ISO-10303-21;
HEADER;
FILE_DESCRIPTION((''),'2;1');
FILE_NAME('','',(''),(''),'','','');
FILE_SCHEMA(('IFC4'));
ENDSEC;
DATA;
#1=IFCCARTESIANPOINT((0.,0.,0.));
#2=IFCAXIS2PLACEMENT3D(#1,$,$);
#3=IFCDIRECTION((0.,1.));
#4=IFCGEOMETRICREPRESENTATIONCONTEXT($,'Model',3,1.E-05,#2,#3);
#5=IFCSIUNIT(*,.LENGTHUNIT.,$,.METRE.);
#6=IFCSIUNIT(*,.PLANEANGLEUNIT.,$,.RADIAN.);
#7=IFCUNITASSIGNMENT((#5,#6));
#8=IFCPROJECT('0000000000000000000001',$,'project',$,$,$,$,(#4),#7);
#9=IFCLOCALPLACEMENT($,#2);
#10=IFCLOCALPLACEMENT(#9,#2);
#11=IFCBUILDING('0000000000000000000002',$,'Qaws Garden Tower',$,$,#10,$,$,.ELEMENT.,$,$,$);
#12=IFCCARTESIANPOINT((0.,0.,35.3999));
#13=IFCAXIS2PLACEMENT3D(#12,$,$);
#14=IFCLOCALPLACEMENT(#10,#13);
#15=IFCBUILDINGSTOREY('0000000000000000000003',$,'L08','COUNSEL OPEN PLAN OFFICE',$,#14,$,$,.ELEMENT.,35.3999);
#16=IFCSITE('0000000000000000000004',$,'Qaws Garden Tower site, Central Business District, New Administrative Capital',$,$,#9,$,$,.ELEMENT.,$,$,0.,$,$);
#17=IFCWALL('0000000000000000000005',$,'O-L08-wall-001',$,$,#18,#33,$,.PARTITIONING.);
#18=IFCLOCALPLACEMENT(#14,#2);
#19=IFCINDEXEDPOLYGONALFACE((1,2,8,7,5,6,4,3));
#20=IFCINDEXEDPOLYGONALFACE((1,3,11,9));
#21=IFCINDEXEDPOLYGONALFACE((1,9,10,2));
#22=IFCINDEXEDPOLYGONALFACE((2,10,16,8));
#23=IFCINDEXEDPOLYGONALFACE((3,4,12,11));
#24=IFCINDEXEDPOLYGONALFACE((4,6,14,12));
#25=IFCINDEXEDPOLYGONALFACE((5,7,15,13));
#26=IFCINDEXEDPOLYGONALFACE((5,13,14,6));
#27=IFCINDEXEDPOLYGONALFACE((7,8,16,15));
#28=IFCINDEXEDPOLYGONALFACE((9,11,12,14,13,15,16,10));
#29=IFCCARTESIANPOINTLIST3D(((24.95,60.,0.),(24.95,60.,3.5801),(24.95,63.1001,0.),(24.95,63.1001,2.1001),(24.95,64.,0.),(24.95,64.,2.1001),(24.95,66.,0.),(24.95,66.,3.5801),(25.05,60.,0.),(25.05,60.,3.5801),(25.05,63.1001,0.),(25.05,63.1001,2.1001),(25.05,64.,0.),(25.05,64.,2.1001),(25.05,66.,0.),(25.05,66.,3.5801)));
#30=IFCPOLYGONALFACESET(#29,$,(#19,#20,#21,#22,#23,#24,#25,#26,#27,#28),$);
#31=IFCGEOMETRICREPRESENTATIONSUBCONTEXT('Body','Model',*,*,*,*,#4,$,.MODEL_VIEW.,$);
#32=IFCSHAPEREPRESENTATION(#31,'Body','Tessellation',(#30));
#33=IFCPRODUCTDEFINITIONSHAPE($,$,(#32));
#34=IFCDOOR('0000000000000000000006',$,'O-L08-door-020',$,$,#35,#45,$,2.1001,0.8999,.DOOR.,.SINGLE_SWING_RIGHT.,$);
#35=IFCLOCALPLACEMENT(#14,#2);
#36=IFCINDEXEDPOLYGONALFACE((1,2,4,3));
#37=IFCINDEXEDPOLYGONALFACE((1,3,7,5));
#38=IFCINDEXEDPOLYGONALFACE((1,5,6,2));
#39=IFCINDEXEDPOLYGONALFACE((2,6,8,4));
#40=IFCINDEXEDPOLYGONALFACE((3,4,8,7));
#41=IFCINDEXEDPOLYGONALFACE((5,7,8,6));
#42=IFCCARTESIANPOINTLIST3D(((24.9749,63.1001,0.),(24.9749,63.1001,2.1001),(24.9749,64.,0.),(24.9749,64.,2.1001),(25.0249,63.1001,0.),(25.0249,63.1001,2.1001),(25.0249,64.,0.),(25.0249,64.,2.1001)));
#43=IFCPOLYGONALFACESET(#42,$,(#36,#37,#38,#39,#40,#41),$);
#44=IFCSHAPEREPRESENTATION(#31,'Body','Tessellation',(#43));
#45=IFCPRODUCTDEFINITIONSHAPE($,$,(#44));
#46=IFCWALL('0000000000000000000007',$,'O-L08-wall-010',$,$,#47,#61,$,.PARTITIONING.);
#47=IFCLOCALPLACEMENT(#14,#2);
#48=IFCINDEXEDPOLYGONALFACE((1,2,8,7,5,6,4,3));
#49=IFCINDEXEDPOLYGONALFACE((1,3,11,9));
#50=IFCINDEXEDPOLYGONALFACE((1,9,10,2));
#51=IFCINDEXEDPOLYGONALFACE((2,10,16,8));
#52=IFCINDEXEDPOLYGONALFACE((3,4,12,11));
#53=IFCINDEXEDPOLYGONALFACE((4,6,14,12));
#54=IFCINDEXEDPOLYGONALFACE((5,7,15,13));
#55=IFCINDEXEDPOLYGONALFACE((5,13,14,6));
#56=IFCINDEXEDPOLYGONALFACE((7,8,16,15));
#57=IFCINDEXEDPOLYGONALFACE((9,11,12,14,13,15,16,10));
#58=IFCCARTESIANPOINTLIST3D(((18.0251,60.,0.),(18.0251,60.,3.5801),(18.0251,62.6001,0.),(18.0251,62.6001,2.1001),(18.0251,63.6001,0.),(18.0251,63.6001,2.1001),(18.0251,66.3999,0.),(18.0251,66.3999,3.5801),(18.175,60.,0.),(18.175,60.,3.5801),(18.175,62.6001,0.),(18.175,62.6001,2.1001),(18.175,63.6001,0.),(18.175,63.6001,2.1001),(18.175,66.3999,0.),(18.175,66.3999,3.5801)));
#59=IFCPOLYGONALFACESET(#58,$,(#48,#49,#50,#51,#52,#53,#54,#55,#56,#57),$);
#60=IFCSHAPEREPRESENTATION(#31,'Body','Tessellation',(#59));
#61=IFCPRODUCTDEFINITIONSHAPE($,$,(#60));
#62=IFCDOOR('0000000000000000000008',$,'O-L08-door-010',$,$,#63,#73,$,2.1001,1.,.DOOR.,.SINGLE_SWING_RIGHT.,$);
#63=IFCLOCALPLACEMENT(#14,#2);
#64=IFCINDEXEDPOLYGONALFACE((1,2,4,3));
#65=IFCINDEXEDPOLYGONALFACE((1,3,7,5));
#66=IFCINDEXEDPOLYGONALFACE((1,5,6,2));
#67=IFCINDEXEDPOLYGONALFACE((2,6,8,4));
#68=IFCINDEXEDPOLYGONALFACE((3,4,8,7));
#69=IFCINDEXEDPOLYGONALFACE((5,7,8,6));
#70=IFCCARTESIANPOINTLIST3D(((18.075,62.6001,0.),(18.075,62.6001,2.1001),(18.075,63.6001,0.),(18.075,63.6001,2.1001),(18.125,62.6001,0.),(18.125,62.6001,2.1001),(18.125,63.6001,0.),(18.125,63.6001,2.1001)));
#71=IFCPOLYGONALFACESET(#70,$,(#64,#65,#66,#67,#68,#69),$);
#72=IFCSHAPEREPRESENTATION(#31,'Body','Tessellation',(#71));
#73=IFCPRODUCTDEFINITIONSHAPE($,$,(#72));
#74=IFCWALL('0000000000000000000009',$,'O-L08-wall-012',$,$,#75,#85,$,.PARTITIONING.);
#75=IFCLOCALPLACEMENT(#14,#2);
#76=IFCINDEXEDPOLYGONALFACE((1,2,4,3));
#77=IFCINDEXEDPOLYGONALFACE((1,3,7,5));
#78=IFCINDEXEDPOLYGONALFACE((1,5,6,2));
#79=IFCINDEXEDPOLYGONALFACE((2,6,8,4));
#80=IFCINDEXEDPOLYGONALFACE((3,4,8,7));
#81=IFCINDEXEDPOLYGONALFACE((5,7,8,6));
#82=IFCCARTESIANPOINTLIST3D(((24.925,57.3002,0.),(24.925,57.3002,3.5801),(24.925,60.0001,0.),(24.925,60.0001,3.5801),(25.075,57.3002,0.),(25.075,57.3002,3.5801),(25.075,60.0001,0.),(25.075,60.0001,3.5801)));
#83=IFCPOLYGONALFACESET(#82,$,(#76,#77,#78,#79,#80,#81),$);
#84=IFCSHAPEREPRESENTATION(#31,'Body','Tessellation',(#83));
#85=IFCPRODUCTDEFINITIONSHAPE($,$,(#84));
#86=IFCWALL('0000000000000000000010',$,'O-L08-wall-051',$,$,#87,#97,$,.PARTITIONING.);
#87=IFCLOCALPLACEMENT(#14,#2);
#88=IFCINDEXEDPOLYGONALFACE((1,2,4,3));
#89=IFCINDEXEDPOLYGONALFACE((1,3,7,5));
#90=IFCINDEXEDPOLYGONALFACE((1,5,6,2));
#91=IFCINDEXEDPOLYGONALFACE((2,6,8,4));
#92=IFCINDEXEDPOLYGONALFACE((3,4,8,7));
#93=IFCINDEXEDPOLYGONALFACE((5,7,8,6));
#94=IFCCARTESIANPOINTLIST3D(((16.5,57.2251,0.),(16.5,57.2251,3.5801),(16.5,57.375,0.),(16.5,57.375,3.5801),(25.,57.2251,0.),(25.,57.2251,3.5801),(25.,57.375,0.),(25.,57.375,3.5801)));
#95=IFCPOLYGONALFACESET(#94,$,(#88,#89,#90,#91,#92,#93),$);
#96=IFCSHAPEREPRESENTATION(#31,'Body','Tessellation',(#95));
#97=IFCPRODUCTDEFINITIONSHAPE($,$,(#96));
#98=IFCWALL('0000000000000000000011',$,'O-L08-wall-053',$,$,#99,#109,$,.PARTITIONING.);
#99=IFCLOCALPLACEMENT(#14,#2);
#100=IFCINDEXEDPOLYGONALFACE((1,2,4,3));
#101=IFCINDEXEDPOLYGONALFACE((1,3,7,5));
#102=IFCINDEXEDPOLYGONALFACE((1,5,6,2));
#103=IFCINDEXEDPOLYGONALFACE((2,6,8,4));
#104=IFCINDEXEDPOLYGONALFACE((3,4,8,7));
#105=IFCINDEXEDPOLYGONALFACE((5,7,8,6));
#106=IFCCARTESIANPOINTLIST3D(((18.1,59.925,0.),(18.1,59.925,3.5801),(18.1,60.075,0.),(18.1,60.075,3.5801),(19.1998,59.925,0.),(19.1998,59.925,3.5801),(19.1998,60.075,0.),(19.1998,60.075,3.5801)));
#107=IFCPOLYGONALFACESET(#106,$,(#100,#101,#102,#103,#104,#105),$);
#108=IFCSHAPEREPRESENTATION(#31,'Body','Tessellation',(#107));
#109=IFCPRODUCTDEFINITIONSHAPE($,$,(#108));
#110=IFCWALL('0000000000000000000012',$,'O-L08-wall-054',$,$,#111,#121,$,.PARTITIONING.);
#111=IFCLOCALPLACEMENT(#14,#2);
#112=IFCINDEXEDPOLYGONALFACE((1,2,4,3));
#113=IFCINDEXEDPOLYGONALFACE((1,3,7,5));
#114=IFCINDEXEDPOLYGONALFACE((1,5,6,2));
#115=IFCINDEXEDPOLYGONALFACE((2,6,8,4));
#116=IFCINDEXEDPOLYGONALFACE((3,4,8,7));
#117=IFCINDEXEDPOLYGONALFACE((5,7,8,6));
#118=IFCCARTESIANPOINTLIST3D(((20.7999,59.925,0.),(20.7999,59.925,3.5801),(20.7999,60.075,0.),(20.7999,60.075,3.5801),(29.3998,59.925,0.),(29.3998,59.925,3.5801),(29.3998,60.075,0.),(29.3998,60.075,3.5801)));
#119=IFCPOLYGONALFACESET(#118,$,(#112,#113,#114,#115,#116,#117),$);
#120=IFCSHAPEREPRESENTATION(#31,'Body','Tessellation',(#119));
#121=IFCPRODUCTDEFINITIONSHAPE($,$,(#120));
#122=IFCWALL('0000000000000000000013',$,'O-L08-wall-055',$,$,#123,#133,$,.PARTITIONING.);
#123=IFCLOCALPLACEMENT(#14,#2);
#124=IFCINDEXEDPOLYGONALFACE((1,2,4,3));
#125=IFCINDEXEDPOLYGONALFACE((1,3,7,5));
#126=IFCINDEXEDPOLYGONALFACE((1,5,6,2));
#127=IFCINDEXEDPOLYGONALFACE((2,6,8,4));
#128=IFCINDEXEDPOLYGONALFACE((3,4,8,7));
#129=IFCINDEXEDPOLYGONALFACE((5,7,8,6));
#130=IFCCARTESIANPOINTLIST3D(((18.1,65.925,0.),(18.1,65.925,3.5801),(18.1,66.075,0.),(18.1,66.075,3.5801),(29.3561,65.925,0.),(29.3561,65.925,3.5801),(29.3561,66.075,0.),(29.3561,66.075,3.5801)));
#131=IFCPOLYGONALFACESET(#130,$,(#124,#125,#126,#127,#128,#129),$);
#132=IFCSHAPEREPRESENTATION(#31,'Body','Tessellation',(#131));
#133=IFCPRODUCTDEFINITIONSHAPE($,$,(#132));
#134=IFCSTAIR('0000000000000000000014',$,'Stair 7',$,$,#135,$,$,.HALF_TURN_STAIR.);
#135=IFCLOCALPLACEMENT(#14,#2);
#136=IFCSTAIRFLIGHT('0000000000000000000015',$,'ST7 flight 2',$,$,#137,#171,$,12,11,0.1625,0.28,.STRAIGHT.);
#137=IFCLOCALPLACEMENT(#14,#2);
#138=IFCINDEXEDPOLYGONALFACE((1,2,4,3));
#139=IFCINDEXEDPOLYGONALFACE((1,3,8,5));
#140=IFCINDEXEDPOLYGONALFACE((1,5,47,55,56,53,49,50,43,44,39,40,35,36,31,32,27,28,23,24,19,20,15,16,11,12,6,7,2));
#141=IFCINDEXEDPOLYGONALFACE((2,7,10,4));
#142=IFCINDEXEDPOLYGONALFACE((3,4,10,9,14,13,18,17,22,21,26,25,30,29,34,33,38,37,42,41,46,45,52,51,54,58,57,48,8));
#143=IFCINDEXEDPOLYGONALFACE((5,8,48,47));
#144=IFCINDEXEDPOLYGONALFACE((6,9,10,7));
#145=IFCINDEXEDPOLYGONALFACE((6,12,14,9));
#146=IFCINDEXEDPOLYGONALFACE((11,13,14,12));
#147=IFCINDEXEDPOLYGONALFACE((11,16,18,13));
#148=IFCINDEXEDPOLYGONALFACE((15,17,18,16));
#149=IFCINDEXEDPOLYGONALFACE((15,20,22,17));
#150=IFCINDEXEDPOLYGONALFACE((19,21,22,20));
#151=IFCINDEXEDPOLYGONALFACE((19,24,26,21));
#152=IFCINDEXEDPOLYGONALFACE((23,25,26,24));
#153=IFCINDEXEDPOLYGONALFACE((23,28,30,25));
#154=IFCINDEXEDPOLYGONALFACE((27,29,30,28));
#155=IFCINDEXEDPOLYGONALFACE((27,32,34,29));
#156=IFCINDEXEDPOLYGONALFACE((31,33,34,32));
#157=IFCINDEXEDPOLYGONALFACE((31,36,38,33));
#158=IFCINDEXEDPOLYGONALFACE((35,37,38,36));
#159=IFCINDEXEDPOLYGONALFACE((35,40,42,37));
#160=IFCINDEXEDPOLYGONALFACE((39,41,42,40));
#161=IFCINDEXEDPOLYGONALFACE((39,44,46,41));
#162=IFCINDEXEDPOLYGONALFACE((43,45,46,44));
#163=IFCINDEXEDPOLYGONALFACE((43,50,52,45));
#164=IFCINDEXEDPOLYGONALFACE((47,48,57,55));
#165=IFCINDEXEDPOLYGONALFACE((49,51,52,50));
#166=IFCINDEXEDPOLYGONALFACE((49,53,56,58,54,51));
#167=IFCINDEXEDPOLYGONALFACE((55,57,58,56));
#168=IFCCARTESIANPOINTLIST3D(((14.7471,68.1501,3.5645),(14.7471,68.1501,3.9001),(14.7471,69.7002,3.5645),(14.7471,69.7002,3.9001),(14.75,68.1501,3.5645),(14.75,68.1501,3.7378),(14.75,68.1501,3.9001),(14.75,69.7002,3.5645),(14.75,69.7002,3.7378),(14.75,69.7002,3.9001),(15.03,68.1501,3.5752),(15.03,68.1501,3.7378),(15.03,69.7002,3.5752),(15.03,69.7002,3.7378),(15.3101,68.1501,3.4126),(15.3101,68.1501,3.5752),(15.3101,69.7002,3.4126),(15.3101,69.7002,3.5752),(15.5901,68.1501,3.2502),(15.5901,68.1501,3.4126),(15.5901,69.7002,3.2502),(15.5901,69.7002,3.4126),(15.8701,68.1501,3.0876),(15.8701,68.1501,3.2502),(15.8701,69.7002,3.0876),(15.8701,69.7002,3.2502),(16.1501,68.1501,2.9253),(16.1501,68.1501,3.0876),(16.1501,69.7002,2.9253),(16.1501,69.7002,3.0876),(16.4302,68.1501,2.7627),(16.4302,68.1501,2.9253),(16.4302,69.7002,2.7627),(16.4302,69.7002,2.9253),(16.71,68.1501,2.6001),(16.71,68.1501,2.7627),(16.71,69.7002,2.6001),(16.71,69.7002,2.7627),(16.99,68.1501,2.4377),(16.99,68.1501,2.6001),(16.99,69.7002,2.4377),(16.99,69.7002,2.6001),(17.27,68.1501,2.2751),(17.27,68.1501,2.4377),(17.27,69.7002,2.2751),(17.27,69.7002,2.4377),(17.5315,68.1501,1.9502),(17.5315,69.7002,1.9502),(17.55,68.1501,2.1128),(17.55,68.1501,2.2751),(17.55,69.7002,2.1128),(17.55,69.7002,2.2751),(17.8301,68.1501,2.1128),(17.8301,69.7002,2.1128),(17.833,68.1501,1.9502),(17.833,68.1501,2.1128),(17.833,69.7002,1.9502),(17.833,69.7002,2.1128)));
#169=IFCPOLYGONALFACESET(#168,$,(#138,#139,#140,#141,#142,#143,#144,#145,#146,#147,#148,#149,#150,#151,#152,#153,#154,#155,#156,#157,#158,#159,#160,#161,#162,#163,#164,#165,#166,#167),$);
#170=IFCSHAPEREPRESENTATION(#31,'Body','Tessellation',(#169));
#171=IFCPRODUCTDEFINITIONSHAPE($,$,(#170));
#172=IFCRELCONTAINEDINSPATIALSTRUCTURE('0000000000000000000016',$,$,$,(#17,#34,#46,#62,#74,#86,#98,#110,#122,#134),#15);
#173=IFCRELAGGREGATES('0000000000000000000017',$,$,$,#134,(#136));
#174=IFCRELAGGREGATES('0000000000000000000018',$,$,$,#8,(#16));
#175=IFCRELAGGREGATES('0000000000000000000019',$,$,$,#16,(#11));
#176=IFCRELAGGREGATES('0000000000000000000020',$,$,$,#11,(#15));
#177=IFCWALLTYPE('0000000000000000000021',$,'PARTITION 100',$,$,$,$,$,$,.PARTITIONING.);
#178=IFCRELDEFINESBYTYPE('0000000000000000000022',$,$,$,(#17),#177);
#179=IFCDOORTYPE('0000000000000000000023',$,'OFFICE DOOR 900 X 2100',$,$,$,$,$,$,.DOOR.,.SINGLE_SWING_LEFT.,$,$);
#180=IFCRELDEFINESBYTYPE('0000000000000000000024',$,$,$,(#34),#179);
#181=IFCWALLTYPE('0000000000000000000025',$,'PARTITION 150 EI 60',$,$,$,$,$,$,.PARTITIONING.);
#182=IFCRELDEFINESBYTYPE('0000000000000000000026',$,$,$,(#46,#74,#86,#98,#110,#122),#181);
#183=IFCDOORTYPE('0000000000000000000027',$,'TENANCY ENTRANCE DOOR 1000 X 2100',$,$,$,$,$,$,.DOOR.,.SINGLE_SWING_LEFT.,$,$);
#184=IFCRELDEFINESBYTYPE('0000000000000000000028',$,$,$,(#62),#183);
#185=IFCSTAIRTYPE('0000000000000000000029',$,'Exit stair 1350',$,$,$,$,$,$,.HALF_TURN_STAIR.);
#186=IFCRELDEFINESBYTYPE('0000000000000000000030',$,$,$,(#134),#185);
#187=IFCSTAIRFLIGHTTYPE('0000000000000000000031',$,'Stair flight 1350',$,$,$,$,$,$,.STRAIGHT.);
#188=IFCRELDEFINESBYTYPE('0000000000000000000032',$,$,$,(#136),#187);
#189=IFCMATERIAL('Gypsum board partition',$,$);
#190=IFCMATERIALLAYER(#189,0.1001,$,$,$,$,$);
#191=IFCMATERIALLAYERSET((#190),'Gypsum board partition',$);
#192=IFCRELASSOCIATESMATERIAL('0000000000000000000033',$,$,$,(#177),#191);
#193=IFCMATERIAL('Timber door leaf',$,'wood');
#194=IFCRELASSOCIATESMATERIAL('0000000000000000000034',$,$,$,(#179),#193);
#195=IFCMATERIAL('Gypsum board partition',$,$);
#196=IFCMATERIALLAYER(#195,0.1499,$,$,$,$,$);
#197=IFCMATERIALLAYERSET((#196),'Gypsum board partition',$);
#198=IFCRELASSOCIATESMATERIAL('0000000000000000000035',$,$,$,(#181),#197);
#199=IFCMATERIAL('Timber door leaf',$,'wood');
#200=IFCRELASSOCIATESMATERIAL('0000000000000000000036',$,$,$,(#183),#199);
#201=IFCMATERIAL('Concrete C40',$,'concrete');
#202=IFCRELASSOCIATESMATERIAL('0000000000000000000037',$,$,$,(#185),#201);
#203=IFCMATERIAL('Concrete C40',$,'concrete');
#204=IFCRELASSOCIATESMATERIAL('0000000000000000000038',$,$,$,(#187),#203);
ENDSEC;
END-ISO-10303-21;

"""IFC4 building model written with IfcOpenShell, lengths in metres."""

from ifc_helpers import new_model, si_unit, direction, frame, frame_2d, origin, place, context, subcontext, project, spatial, polyline, rectangle, outline, extrude, material, layer, layer_set, type_object, element, fill, aggregate, save


model = new_model("IFC4")

# Units and contexts
model_context = context("Model", 3, precision=1e-05, world=origin(), true_north=direction((0.0, 1.0)))
body_context = subcontext(model_context, "Body", "Model", "MODEL_VIEW")
ifc_project = project(units=[si_unit("LENGTHUNIT", "METRE"), si_unit("PLANEANGLEUNIT", "RADIAN")], contexts=[model_context])

# Site, building, storey
site_placement = place(None, origin())
site = spatial("IfcSite", under=ifc_project, at=site_placement, Name="Qaws Garden Tower site, Central Business District, New Administrative Capital", CompositionType="ELEMENT", RefElevation=0.0)
building_placement = place(site_placement, origin())
building = spatial("IfcBuilding", under=site, at=building_placement, Name="Qaws Garden Tower", CompositionType="ELEMENT")
storey_placement = place(building_placement, frame((0.0, 0.0, 35.3999)))
storey = spatial("IfcBuildingStorey", under=building, at=storey_placement, Name="L08", Description="COUNSEL OPEN PLAN OFFICE", CompositionType="ELEMENT", Elevation=35.3999)

# Walls, openings, doors
ifc_material_1 = material(Name="Gypsum board partition")
ifc_layer_1 = layer(ifc_material_1, 0.1001)
ifc_layer_set_1 = layer_set([ifc_layer_1], Name="Gypsum board partition")
wall_type_1 = type_object("IfcWallType", Name="PARTITION 100", PredefinedType="PARTITIONING", material=ifc_layer_set_1)
wall_1_placement = place(storey_placement, frame((25.0, 60.0, 0.0), z_axis=(0.0, 0.0, 1.0), x_axis=(0.0, 1.0, 0.0)))
wall_1 = element("IfcWall", 1, at=wall_1_placement, inside=storey, type_object=wall_type_1, Name="O-L08-wall-001", PredefinedType="PARTITIONING", context=body_context, shape_type="SweptSolid", body=[
    extrude(rectangle(XDim=6.0, YDim=0.1001, at=frame_2d((3.0, 0.0))), origin(), (0.0, 0.0, 1.0), 3.5801),
])
opening_1_placement = place(wall_1_placement, frame((3.1001, 0.0, 0.0)))
opening_1 = element("IfcOpeningElement", 2, at=opening_1_placement, cuts=wall_1, PredefinedType="OPENING", context=body_context, shape_type="SweptSolid", body=[
    extrude(rectangle(XDim=0.8999, YDim=2.1001, at=frame_2d((0.45, 1.05))), frame((0.0, 0.0601, 0.0), z_axis=(0.0, -1.0, 0.0), x_axis=(1.0, 0.0, 0.0)), (0.0, 0.0, 1.0), 0.1201),
])
ifc_material_2 = material(Name="Timber door leaf", Category="wood")
door_type_1 = type_object("IfcDoorType", Name="OFFICE DOOR 900 X 2100", OperationType="SINGLE_SWING_LEFT", PredefinedType="DOOR", material=ifc_material_2)
door_1_placement = place(opening_1_placement, frame((0.8999, 0.0, 0.0), z_axis=(0.0, 0.0, 1.0), x_axis=(-1.0, 0.0, 0.0)))
door_1 = element("IfcDoor", 3, at=door_1_placement, inside=storey, type_object=door_type_1, Name="O-L08-door-020", OperationType="SINGLE_SWING_RIGHT", OverallHeight=2.1001, OverallWidth=0.8999, PredefinedType="DOOR", context=body_context, shape_type="SweptSolid", body=[
    extrude(rectangle(XDim=0.8999, YDim=2.1001, at=frame_2d((0.45, 1.05))), frame((0.0, 0.0249, 0.0), z_axis=(0.0, -1.0, 0.0), x_axis=(1.0, 0.0, 0.0)), (0.0, 0.0, 1.0), 0.05),
])
fill(opening_1, door_1)
ifc_material_3 = material(Name="Gypsum board partition")
ifc_layer_2 = layer(ifc_material_3, 0.1499)
ifc_layer_set_2 = layer_set([ifc_layer_2], Name="Gypsum board partition")
wall_type_2 = type_object("IfcWallType", Name="PARTITION 150 EI 60", PredefinedType="PARTITIONING", material=ifc_layer_set_2)
wall_2_placement = place(storey_placement, frame((18.1001, 60.0, 0.0), z_axis=(0.0, 0.0, 1.0), x_axis=(0.0, 1.0, 0.0)))
wall_2 = element("IfcWall", 4, at=wall_2_placement, inside=storey, type_object=wall_type_2, Name="O-L08-wall-010", PredefinedType="PARTITIONING", context=body_context, shape_type="SweptSolid", body=[
    extrude(rectangle(XDim=6.3999, YDim=0.1499, at=frame_2d((3.2, 0.0))), origin(), (0.0, 0.0, 1.0), 3.5801),
])
opening_2_placement = place(wall_2_placement, frame((2.6001, 0.0, 0.0)))
opening_2 = element("IfcOpeningElement", 5, at=opening_2_placement, cuts=wall_2, PredefinedType="OPENING", context=body_context, shape_type="SweptSolid", body=[
    extrude(rectangle(XDim=1.0, YDim=2.1001, at=frame_2d((0.5, 1.05))), frame((0.0, 0.085, 0.0), z_axis=(0.0, -1.0, 0.0), x_axis=(1.0, 0.0, 0.0)), (0.0, 0.0, 1.0), 0.1699),
])
ifc_material_4 = material(Name="Timber door leaf", Category="wood")
door_type_2 = type_object("IfcDoorType", Name="TENANCY ENTRANCE DOOR 1000 X 2100", OperationType="SINGLE_SWING_LEFT", PredefinedType="DOOR", material=ifc_material_4)
door_2_placement = place(opening_2_placement, frame((1.0, 0.0, 0.0), z_axis=(0.0, 0.0, 1.0), x_axis=(-1.0, 0.0, 0.0)))
door_2 = element("IfcDoor", 6, at=door_2_placement, inside=storey, type_object=door_type_2, Name="O-L08-door-010", OperationType="SINGLE_SWING_RIGHT", OverallHeight=2.1001, OverallWidth=1.0, PredefinedType="DOOR", context=body_context, shape_type="SweptSolid", body=[
    extrude(rectangle(XDim=1.0, YDim=2.1001, at=frame_2d((0.5, 1.05))), frame((0.0, 0.0249, 0.0), z_axis=(0.0, -1.0, 0.0), x_axis=(1.0, 0.0, 0.0)), (0.0, 0.0, 1.0), 0.05),
])
fill(opening_2, door_2)

# Walls
wall_3_placement = place(storey_placement, frame((25.0, 57.3, 0.0), z_axis=(0.0, 0.0, 1.0), x_axis=(0.0, 1.0, 0.0)))
element("IfcWall", 7, at=wall_3_placement, inside=storey, type_object=wall_type_2, Name="O-L08-wall-012", PredefinedType="PARTITIONING", context=body_context, shape_type="SweptSolid", body=[
    extrude(rectangle(XDim=2.7, YDim=0.1499, at=frame_2d((1.3501, 0.0))), origin(), (0.0, 0.0, 1.0), 3.5801),
])
wall_4_placement = place(storey_placement, frame((16.5, 57.3, 0.0), z_axis=(0.0, 0.0, 1.0), x_axis=(1.0, 0.0, 0.0)))
element("IfcWall", 8, at=wall_4_placement, inside=storey, type_object=wall_type_2, Name="O-L08-wall-051", PredefinedType="PARTITIONING", context=body_context, shape_type="SweptSolid", body=[
    extrude(rectangle(XDim=8.5, YDim=0.1499, at=frame_2d((4.25, 0.0))), origin(), (0.0, 0.0, 1.0), 3.5801),
])
wall_5_placement = place(storey_placement, frame((18.1001, 60.0, 0.0), z_axis=(0.0, 0.0, 1.0), x_axis=(1.0, 0.0, 0.0)))
element("IfcWall", 9, at=wall_5_placement, inside=storey, type_object=wall_type_2, Name="O-L08-wall-053", PredefinedType="PARTITIONING", context=body_context, shape_type="SweptSolid", body=[
    extrude(rectangle(XDim=1.0999, YDim=0.1499, at=frame_2d((0.5498, 0.0))), origin(), (0.0, 0.0, 1.0), 3.5801),
])
wall_6_placement = place(storey_placement, frame((20.8, 60.0, 0.0), z_axis=(0.0, 0.0, 1.0), x_axis=(1.0, 0.0, 0.0)))
element("IfcWall", 10, at=wall_6_placement, inside=storey, type_object=wall_type_2, Name="O-L08-wall-054", PredefinedType="PARTITIONING", context=body_context, shape_type="SweptSolid", body=[
    extrude(rectangle(XDim=8.5999, YDim=0.1499, at=frame_2d((4.2998, 0.0))), origin(), (0.0, 0.0, 1.0), 3.5801),
])
wall_7_placement = place(storey_placement, frame((18.1001, 66.0, 0.0), z_axis=(0.0, 0.0, 1.0), x_axis=(1.0, 0.0, 0.0)))
element("IfcWall", 11, at=wall_7_placement, inside=storey, type_object=wall_type_2, Name="O-L08-wall-055", PredefinedType="PARTITIONING", context=body_context, shape_type="SweptSolid", body=[
    extrude(rectangle(XDim=11.2561, YDim=0.1499, at=frame_2d((5.6279, 0.0))), origin(), (0.0, 0.0, 1.0), 3.5801),
])

# Stair, stair flight
ifc_material_5 = material(Name="Concrete C40", Category="concrete")
stair_type = type_object("IfcStairType", Name="Exit stair 1350", PredefinedType="HALF_TURN_STAIR", material=ifc_material_5)
stair_placement = place(storey_placement, origin())
stair = element("IfcStair", 12, at=stair_placement, inside=storey, type_object=stair_type, Name="Stair 7", PredefinedType="HALF_TURN_STAIR")
ifc_material_6 = material(Name="Concrete C40", Category="concrete")
stair_flight_type = type_object("IfcStairFlightType", Name="Stair flight 1350", PredefinedType="STRAIGHT", material=ifc_material_6)
stair_flight_placement = place(storey_placement, frame((17.8301, 68.925, 1.9502), z_axis=(0.0, 0.0, 1.0), x_axis=(-1.0, 0.0, 0.0)))
stair_flight = element("IfcStairFlight", 13, at=stair_flight_placement, type_object=stair_flight_type, Name="ST7 flight 2", NumberOfRisers=12, NumberOfTreads=11, PredefinedType="STRAIGHT", RiserHeight=0.1625, TreadLength=0.28, context=body_context, shape_type="SweptSolid", body=[
    extrude(outline(polyline([(-0.0029, 0.0), (-0.0029, 0.1626), (0.0, 0.1626), (0.28, 0.1626), (0.28, 0.325), (0.5601, 0.325), (0.5601, 0.4875), (0.8401, 0.4875), (0.8401, 0.6499), (1.1201, 0.6499), (1.1201, 0.8125), (1.3999, 0.8125), (1.3999, 0.9751), (1.6799, 0.9751), (1.6799, 1.1375), (1.96, 1.1375), (1.96, 1.3), (2.24, 1.3), (2.24, 1.4624), (2.52, 1.4624), (2.52, 1.625), (2.8, 1.625), (2.8, 1.7876), (3.0801, 1.7876), (3.0801, 1.95), (3.083, 1.95), (3.083, 1.6143), (3.0801, 1.6143), (0.2986, 0.0), (-0.0029, 0.0)])), frame((0.0, 0.7749, 0.0), z_axis=(0.0, -1.0, 0.0), x_axis=(1.0, 0.0, 0.0)), (0.0, 0.0, 1.0), 1.55),
])
aggregate(stair, [stair_flight])

save(model, "model.ifc")
